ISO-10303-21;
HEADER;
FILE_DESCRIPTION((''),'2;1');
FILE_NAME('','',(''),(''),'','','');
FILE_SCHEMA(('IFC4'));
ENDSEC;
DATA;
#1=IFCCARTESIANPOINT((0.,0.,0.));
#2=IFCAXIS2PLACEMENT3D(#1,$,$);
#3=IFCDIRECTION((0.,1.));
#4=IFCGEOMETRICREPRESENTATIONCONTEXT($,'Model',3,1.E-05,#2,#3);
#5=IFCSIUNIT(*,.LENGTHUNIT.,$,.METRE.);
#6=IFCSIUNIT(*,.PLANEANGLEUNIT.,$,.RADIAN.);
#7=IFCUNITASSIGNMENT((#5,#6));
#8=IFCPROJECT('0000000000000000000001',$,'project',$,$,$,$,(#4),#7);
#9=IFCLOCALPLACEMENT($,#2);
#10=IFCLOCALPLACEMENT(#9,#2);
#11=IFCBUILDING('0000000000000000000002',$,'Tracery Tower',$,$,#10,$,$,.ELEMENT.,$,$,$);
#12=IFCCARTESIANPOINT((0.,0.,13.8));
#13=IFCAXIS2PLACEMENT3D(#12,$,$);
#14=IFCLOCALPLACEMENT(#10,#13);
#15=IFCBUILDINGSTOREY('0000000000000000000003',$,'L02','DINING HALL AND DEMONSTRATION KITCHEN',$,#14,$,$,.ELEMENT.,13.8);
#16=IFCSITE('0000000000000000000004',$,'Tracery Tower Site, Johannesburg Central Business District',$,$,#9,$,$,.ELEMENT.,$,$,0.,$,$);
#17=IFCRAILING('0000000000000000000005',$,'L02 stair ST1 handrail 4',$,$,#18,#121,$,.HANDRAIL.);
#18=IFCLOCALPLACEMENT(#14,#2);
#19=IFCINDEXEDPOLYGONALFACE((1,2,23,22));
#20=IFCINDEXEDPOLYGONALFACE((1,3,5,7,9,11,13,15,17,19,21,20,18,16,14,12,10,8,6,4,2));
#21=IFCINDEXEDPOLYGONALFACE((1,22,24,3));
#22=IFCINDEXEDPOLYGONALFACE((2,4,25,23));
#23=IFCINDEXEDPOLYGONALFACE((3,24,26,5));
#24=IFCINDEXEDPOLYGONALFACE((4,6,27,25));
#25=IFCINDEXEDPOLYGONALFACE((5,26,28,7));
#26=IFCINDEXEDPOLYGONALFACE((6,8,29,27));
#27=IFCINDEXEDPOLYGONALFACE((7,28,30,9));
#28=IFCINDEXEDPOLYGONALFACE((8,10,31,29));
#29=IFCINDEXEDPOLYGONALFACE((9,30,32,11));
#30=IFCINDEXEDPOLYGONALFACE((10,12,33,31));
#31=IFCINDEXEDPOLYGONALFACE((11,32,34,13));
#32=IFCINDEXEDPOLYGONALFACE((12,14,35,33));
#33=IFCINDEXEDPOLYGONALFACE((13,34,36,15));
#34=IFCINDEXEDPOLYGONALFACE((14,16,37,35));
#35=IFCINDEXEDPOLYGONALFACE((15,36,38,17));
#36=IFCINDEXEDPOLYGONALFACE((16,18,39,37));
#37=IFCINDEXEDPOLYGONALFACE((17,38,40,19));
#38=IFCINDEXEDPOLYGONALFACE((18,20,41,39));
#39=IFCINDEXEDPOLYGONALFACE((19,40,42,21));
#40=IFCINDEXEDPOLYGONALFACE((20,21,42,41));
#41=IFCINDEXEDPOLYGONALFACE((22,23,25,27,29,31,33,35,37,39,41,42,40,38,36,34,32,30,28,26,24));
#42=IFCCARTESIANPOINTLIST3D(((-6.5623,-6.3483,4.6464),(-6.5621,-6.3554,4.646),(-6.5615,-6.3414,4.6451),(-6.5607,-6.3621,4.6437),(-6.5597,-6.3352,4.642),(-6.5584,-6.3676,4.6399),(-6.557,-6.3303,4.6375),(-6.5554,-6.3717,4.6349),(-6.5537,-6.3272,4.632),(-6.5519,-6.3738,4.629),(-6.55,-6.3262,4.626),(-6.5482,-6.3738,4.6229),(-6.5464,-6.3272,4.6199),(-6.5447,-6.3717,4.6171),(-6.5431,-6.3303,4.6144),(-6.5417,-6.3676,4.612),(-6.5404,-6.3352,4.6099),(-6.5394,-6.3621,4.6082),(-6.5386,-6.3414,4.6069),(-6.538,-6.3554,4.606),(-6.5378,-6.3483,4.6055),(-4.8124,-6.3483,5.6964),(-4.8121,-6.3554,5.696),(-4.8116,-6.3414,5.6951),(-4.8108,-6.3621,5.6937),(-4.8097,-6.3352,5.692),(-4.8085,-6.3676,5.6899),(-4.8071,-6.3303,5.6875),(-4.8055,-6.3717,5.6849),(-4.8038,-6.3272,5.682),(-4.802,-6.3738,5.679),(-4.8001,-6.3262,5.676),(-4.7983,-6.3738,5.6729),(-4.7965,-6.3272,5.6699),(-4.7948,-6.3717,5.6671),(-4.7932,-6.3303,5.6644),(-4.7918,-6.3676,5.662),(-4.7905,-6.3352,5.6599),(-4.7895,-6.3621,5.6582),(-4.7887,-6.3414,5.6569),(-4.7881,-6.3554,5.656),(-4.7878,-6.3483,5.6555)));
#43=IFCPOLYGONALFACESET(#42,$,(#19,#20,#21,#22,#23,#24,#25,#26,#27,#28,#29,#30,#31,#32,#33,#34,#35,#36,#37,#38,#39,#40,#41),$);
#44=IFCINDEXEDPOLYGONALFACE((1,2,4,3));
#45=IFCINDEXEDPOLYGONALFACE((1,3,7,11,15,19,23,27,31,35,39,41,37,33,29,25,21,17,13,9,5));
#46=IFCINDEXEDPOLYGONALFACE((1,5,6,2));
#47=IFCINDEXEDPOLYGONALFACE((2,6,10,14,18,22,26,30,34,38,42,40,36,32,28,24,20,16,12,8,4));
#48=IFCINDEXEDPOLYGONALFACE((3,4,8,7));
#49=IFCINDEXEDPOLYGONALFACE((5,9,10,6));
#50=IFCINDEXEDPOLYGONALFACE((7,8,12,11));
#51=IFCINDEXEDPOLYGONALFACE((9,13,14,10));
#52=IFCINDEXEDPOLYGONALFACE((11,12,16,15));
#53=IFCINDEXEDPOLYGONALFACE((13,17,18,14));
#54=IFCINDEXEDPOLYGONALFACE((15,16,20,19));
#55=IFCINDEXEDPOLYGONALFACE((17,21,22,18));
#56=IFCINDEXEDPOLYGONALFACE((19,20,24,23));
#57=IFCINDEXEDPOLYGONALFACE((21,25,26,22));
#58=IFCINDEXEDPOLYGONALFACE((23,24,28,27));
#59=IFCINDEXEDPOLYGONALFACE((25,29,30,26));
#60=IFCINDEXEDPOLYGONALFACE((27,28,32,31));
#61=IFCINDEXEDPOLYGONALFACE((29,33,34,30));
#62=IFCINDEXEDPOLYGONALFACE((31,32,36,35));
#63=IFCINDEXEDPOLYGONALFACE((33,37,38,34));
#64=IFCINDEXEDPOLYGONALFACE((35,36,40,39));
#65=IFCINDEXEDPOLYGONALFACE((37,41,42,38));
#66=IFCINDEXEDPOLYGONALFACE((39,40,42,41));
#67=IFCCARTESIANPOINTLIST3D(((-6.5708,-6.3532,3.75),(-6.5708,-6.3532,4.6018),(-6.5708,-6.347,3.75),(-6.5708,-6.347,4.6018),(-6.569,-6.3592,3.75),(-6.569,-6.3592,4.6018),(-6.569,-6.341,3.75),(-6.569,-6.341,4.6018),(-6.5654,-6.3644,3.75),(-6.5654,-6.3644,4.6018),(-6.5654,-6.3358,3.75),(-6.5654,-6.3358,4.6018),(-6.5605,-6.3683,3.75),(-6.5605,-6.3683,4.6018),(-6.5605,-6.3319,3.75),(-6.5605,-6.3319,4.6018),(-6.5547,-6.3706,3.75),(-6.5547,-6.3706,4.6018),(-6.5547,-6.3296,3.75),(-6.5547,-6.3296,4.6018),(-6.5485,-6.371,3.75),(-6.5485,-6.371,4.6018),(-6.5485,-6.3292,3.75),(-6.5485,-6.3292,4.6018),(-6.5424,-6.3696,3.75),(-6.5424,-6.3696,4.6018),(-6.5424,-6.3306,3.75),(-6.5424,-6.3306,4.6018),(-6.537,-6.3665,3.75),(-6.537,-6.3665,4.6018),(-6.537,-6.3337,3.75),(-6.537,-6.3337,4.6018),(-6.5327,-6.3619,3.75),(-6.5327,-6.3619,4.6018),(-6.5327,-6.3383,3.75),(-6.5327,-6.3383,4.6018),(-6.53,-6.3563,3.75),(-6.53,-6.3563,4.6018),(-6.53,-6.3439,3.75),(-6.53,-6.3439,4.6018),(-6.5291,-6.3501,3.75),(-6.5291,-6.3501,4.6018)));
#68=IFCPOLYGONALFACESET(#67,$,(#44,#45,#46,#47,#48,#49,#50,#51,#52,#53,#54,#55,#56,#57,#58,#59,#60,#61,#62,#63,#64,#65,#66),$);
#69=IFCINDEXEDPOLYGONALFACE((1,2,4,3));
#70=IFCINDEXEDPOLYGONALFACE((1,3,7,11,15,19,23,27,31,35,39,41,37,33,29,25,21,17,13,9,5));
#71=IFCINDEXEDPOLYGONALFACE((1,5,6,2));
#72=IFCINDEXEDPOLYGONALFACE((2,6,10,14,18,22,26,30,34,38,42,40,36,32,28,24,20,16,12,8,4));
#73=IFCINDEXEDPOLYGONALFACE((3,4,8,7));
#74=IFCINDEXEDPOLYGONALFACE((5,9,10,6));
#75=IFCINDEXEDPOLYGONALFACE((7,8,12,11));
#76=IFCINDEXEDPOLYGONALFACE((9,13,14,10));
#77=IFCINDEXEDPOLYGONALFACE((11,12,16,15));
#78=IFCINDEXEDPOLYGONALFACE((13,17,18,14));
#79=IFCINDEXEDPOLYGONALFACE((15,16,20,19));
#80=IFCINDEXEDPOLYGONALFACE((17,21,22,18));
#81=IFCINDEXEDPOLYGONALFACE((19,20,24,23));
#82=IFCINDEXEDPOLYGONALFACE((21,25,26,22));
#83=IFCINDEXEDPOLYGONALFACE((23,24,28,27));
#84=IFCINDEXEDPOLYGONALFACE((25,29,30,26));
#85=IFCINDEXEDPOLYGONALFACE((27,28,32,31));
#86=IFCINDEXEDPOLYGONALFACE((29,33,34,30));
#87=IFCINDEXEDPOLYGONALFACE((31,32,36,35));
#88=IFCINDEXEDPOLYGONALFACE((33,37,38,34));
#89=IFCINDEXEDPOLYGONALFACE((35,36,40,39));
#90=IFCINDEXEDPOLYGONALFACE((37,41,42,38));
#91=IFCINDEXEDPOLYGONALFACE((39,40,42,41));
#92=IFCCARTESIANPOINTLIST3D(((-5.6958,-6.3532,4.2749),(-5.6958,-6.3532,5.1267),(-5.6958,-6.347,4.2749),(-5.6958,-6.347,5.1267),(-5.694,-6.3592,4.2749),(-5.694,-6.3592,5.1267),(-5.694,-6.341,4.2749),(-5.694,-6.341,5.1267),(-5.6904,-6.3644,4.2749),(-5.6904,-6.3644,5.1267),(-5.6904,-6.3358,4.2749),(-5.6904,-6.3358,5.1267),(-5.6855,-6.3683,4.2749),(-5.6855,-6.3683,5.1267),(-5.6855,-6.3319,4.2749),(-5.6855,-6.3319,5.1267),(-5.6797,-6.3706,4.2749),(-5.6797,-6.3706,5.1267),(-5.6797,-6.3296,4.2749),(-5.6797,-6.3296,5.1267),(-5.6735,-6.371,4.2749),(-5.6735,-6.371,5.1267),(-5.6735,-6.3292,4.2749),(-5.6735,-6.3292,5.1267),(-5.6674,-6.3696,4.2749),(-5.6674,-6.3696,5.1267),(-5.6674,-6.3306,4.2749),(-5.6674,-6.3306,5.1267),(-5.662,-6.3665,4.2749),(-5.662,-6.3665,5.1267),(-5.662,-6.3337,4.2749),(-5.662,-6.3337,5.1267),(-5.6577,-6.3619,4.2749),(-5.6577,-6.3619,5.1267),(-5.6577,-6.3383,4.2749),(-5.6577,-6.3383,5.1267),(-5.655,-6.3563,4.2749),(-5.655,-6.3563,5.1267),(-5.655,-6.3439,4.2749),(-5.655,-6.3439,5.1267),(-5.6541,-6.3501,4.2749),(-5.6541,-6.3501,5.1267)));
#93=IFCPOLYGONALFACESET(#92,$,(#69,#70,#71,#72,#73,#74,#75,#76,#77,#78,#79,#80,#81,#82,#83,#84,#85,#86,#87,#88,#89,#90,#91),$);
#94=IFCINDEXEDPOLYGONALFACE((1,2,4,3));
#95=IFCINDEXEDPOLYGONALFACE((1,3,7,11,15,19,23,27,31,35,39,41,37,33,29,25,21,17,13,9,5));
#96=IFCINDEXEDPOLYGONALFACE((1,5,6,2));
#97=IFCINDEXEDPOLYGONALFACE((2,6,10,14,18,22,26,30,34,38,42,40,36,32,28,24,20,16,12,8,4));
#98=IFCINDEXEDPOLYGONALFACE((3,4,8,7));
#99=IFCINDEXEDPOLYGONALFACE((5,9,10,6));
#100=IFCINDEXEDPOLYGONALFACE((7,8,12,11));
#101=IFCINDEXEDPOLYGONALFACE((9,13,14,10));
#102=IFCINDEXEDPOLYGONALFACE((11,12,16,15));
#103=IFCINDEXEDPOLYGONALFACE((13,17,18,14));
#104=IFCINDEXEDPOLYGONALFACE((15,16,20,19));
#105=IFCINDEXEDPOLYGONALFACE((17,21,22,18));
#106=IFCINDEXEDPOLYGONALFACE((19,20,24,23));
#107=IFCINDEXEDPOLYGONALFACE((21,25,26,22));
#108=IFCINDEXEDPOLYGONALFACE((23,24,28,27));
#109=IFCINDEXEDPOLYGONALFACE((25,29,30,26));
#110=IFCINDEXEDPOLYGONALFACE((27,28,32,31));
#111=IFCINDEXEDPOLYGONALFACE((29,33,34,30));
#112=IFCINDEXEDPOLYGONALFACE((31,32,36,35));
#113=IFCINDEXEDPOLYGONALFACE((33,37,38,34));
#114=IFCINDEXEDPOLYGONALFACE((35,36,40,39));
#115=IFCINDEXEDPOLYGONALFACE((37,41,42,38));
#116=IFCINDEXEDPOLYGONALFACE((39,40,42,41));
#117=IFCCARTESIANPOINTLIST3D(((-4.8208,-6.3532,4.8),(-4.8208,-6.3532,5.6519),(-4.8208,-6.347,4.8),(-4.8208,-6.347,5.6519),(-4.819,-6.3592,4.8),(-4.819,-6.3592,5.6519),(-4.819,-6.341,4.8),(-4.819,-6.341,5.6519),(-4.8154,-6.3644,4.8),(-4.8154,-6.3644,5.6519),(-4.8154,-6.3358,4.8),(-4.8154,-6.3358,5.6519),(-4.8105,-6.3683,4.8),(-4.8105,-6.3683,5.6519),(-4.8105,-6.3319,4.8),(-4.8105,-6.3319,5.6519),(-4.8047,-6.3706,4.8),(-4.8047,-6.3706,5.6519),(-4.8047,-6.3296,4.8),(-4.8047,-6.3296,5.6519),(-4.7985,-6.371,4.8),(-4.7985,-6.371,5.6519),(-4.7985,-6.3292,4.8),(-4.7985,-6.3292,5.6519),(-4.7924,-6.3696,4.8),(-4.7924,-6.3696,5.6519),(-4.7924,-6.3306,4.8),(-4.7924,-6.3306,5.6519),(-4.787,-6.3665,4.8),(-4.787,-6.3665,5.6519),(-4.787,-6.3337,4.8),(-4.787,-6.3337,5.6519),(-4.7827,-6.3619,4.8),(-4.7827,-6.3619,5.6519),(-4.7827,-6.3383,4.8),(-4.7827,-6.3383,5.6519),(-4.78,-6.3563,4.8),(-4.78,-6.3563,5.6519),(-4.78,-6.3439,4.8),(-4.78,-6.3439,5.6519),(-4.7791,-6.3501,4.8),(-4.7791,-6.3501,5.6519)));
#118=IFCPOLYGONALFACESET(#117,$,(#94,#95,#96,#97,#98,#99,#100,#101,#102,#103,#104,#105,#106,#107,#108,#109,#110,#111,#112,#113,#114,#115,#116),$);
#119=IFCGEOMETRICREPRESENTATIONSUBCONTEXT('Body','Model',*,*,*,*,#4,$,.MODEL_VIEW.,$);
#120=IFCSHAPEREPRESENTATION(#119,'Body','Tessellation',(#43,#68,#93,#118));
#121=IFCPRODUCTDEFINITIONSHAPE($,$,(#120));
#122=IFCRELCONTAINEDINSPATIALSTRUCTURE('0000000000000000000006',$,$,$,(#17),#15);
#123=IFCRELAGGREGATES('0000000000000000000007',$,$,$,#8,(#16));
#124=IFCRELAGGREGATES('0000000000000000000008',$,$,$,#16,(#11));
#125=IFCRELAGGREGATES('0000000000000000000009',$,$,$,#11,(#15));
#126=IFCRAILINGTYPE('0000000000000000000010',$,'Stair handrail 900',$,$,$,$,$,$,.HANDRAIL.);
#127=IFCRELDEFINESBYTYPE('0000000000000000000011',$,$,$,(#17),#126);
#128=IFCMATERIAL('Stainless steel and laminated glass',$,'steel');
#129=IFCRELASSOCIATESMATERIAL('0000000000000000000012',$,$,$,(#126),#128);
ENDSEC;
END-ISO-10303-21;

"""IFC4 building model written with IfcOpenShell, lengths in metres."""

from ifc_helpers import new_model, si_unit, direction, frame, origin, origin_2d, place, context, subcontext, project, spatial, circle, extrude, material, type_object, element, save


model = new_model("IFC4")

# Units and contexts
model_context = context("Model", 3, precision=1e-05, world=origin(), true_north=direction((0.0, 1.0)))
body_context = subcontext(model_context, "Body", "Model", "MODEL_VIEW")
ifc_project = project(units=[si_unit("LENGTHUNIT", "METRE"), si_unit("PLANEANGLEUNIT", "RADIAN")], contexts=[model_context])

# Site, building, storey
site_placement = place(None, origin())
site = spatial("IfcSite", under=ifc_project, at=site_placement, Name="Tracery Tower Site, Johannesburg Central Business District", CompositionType="ELEMENT", RefElevation=0.0)
building_placement = place(site_placement, origin())
building = spatial("IfcBuilding", under=site, at=building_placement, Name="Tracery Tower", CompositionType="ELEMENT")
storey_placement = place(building_placement, frame((0.0, 0.0, 13.8)))
storey = spatial("IfcBuildingStorey", under=building, at=storey_placement, Name="L02", Description="DINING HALL AND DEMONSTRATION KITCHEN", CompositionType="ELEMENT", Elevation=13.8)

# Railing
ifc_material_1 = material(Name="Stainless steel and laminated glass", Category="steel")
railing_type_1 = type_object("IfcRailingType", Name="Stair handrail 900", PredefinedType="HANDRAIL", material=ifc_material_1)
railing_1_placement = place(storey_placement, frame((-6.55, -6.3501, 3.75)))
element("IfcRailing", 1, at=railing_1_placement, inside=storey, type_object=railing_type_1, Name="L02 stair ST1 handrail 4", PredefinedType="HANDRAIL", context=body_context, shape_type="SweptSolid", body=[
    extrude(circle(Radius=0.0239, at=origin_2d()), frame((0.0, 0.0, 0.876), z_axis=(0.857482, 0.0, 0.514513), x_axis=(0.0, 1.0, 0.0)), (0.0, 0.0, 1.0), 2.0408),
    extrude(circle(Radius=0.021, at=origin_2d()), origin(), (0.0, 0.0, 1.0), 0.8518),
    extrude(circle(Radius=0.021, at=origin_2d()), frame((0.875, 0.0, 0.5249)), (0.0, 0.0, 1.0), 0.8518),
    extrude(circle(Radius=0.021, at=origin_2d()), frame((1.75, 0.0, 1.05)), (0.0, 0.0, 1.0), 0.8518),
])

save(model, "model.ifc")
